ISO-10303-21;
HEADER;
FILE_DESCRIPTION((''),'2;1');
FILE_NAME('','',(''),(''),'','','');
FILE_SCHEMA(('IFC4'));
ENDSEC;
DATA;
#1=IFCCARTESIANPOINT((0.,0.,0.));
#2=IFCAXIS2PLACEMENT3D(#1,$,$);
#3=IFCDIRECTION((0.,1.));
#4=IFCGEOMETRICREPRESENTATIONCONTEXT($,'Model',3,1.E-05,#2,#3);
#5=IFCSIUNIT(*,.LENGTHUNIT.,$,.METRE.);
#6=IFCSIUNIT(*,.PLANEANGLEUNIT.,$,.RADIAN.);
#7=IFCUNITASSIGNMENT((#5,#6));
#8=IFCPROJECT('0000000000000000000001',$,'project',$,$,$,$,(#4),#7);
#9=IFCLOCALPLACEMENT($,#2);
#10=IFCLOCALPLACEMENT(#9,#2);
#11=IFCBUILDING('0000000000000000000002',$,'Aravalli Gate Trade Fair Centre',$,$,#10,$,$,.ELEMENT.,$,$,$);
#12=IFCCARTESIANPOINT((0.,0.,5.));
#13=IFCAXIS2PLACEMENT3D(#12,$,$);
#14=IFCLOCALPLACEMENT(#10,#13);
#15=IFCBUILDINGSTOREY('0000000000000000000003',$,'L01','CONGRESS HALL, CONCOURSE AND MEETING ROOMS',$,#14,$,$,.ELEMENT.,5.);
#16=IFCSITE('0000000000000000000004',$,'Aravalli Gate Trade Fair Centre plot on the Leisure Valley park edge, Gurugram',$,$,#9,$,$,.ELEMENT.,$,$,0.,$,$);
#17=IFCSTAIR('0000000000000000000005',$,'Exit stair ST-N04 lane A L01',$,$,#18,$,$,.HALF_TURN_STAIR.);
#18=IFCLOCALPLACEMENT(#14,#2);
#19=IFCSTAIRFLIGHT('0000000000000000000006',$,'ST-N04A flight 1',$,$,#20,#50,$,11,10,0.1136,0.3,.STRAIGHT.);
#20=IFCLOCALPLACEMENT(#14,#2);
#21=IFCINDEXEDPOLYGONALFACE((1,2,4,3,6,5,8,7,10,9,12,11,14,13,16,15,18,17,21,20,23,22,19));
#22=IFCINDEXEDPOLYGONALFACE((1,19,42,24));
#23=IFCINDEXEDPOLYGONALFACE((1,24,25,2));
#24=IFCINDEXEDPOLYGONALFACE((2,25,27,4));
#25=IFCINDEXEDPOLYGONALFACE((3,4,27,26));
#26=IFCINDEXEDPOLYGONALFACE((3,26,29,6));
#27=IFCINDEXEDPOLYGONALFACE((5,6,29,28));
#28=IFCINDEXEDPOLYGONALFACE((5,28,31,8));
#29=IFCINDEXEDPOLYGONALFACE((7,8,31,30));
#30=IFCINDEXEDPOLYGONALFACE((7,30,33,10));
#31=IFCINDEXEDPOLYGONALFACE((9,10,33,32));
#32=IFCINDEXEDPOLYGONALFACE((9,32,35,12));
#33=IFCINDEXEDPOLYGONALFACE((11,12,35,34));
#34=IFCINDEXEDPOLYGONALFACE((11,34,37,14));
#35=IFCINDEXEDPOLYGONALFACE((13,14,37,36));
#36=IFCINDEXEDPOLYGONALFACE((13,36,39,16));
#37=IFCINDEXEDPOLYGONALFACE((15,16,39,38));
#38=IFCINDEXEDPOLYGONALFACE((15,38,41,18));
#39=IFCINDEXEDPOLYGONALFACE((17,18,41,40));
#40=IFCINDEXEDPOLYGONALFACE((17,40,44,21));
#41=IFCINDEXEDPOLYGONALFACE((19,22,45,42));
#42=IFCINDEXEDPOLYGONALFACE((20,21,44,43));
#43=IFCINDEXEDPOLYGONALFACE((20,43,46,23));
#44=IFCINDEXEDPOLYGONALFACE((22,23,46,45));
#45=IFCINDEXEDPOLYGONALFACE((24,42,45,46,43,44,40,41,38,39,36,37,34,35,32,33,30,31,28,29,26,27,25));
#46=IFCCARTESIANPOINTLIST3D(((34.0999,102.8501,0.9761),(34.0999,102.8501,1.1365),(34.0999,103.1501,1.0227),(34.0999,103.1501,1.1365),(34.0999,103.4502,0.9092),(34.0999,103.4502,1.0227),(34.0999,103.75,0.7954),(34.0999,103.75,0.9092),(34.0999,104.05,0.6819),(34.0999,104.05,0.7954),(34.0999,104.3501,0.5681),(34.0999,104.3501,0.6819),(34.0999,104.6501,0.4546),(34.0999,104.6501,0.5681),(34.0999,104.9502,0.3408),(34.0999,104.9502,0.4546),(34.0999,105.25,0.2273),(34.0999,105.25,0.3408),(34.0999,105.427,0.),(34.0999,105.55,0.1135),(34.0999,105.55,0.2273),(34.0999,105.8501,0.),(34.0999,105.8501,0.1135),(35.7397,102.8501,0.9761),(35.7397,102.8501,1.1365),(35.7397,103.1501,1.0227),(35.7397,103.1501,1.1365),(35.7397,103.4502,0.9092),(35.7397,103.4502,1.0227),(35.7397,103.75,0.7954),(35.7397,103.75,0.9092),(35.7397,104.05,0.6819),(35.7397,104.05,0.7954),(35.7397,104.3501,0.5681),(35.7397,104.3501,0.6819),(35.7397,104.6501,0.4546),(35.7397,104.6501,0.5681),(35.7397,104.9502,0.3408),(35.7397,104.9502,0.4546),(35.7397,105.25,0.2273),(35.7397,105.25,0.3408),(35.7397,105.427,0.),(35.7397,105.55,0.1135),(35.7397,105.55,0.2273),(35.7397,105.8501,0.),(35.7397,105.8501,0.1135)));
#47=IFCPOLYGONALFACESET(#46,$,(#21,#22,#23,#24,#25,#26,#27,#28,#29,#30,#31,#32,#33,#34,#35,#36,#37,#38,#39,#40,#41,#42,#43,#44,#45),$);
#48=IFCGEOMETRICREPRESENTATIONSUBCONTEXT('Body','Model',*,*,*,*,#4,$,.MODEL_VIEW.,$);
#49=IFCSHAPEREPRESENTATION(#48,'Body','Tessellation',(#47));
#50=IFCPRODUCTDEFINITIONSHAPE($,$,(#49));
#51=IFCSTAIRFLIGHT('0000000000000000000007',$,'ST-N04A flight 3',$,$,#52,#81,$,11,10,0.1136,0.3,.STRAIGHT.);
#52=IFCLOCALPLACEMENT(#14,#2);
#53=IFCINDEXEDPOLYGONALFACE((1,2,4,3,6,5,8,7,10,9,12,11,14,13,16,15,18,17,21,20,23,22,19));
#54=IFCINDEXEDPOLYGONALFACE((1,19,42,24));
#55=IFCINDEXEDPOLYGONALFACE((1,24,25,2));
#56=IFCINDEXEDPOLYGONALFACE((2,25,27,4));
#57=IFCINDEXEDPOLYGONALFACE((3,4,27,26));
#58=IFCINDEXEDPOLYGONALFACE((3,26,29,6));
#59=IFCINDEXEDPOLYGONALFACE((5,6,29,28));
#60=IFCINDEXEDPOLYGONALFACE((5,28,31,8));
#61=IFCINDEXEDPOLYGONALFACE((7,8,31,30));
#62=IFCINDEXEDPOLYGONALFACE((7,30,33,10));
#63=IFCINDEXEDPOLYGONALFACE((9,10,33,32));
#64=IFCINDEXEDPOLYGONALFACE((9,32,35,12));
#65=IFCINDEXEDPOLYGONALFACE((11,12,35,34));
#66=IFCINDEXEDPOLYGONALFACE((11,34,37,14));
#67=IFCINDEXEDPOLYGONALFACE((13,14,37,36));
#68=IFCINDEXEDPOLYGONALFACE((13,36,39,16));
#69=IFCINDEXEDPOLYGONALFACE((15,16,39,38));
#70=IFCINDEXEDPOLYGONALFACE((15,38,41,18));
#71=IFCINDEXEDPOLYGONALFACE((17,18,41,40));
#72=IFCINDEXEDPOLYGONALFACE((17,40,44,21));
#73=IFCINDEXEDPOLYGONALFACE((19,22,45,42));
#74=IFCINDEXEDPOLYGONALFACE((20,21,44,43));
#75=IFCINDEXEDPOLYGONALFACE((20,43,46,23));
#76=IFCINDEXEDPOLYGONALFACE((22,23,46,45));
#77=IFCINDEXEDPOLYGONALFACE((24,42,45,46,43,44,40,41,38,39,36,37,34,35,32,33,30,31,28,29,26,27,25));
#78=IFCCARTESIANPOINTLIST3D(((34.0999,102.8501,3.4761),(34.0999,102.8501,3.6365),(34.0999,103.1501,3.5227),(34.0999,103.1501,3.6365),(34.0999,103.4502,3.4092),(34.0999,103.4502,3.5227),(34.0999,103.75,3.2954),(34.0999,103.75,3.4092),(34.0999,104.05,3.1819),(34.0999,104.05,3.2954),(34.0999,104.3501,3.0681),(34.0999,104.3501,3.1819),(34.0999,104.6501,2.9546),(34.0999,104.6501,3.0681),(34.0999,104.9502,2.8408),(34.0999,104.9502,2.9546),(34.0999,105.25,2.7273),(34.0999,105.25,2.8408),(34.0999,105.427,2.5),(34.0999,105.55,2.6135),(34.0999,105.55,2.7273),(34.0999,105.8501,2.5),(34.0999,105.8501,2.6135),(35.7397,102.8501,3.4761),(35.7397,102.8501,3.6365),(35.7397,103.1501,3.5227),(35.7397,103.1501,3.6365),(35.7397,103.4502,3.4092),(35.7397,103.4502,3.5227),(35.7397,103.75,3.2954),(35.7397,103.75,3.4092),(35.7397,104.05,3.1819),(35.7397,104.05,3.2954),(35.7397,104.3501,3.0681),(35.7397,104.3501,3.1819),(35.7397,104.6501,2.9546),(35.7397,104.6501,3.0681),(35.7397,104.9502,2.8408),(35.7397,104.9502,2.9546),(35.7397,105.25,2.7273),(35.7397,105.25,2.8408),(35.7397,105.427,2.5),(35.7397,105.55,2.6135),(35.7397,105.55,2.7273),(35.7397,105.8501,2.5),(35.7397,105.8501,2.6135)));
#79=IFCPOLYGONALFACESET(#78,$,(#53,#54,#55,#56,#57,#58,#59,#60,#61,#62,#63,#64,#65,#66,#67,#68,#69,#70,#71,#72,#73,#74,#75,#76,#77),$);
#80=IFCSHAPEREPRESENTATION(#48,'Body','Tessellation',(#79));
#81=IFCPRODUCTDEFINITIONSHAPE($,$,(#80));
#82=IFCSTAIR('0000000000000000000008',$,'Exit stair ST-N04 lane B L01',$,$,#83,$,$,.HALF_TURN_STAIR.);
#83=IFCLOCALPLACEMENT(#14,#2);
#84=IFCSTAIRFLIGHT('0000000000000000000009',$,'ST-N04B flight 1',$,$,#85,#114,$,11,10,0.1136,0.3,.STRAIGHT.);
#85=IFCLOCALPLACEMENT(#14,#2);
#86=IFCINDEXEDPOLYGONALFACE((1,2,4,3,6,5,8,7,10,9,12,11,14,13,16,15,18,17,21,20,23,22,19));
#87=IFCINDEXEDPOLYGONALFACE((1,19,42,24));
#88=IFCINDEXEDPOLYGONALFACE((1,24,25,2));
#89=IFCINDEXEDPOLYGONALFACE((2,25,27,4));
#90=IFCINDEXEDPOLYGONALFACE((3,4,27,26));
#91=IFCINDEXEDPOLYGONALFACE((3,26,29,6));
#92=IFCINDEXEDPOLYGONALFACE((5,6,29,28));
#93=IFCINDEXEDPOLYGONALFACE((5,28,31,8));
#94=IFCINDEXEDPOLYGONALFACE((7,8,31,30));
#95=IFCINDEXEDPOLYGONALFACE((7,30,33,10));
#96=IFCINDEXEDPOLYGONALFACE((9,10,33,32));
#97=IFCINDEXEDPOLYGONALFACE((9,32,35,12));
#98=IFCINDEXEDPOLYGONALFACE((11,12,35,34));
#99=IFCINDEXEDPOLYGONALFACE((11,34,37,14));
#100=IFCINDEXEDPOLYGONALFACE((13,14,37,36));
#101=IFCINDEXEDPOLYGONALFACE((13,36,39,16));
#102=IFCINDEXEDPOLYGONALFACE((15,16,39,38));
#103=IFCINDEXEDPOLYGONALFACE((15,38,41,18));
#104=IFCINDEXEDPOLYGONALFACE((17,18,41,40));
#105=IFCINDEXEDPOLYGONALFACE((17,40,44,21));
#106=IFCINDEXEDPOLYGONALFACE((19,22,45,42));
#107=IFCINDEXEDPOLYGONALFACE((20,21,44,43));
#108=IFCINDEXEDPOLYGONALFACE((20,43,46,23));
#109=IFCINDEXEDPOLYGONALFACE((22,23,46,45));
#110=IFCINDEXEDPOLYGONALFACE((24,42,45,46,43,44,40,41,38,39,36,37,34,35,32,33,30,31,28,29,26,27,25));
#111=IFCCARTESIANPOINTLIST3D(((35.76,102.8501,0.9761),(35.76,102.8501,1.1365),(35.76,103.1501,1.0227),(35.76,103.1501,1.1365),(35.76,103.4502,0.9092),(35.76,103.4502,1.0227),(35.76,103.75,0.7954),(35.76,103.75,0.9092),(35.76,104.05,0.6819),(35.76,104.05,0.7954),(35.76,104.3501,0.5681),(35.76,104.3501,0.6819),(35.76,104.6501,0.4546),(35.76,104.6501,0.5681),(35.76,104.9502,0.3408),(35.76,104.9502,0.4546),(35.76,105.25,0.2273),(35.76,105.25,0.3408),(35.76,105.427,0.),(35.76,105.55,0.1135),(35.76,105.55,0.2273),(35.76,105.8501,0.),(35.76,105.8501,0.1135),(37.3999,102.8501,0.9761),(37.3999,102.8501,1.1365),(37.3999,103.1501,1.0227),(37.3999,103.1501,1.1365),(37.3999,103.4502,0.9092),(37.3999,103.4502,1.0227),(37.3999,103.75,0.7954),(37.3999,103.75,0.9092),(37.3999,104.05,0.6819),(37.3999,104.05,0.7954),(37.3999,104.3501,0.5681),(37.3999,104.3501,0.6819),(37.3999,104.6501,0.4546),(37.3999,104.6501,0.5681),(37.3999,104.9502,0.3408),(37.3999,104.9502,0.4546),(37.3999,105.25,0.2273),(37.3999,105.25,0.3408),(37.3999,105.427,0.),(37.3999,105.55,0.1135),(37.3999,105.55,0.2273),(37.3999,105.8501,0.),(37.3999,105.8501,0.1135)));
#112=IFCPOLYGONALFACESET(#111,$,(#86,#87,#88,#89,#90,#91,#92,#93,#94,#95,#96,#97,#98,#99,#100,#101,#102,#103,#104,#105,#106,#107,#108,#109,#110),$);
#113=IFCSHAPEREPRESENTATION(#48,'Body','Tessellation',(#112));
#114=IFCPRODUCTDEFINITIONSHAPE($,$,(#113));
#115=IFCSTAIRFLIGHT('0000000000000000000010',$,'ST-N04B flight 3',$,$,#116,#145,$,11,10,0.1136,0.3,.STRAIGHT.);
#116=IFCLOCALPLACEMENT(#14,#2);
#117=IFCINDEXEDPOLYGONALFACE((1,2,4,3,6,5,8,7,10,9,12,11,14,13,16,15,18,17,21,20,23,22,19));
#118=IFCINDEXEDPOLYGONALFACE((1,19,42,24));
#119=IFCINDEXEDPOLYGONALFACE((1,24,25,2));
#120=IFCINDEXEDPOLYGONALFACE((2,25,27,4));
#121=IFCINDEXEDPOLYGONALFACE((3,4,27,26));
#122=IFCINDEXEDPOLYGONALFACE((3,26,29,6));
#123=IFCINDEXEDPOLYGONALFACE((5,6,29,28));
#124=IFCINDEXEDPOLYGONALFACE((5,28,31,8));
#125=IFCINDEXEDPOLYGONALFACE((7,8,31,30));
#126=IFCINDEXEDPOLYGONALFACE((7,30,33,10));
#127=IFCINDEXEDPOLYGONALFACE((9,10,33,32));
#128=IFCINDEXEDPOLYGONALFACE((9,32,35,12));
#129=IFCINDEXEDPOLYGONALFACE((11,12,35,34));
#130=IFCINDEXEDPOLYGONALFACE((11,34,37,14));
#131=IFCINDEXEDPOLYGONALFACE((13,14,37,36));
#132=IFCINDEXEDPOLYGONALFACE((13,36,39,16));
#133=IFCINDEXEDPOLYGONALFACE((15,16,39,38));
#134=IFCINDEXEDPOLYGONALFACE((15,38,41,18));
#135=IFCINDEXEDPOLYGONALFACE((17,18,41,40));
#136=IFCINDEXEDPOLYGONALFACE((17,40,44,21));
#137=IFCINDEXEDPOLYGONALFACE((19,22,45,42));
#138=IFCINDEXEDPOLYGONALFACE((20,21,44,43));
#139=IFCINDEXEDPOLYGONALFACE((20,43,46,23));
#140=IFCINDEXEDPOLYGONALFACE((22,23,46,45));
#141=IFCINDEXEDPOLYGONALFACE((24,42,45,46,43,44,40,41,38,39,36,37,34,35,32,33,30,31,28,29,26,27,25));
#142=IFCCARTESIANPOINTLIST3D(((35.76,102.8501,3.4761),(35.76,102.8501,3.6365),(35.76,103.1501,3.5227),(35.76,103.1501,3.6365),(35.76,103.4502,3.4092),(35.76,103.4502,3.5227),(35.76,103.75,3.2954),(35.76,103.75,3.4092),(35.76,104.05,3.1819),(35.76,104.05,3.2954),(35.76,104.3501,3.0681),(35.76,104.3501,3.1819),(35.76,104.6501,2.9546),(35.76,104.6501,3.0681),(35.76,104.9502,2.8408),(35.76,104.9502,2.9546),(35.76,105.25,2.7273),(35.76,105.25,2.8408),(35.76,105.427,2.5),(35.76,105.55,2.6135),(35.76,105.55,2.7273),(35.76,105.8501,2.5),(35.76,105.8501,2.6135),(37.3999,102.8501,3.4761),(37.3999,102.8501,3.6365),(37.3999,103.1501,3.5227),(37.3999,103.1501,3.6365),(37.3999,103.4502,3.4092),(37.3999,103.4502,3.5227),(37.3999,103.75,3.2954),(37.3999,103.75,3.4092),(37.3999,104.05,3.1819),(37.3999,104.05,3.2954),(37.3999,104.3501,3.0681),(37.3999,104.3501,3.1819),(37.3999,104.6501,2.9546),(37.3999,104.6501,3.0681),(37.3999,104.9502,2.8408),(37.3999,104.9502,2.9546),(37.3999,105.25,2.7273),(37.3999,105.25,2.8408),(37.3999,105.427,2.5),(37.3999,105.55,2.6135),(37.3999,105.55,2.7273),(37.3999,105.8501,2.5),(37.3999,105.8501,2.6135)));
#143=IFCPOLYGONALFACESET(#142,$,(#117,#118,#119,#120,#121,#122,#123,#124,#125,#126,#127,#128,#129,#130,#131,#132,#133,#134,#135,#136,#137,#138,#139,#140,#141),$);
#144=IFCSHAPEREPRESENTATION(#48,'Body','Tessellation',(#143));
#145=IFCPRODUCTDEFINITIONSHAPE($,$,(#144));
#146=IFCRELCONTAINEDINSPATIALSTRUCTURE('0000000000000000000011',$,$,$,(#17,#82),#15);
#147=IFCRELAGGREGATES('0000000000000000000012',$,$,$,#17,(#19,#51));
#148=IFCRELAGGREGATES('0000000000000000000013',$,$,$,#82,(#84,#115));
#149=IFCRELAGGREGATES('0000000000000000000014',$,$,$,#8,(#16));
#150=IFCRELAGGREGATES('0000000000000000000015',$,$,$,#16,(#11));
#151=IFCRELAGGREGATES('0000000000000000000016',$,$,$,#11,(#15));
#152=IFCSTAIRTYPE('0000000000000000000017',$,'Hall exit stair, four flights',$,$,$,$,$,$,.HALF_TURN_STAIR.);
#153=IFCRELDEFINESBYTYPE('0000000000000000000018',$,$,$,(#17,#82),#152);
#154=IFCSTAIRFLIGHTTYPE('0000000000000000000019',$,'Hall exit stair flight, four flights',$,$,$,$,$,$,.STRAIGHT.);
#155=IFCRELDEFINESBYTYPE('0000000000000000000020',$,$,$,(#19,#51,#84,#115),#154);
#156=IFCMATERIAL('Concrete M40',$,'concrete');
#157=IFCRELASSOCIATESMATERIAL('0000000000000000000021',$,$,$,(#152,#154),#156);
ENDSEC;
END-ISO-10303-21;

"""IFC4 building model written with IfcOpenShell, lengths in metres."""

from ifc_helpers import new_model, si_unit, direction, frame, origin, place, context, subcontext, project, spatial, polyline, outline, extrude, material, type_object, element, aggregate, save


model = new_model("IFC4")

# Units and contexts
model_context = context("Model", 3, precision=1e-05, world=origin(), true_north=direction((0.0, 1.0)))
body_context = subcontext(model_context, "Body", "Model", "MODEL_VIEW")
ifc_project = project(units=[si_unit("LENGTHUNIT", "METRE"), si_unit("PLANEANGLEUNIT", "RADIAN")], contexts=[model_context])

# Site, building, storey
site_placement = place(None, origin())
site = spatial("IfcSite", under=ifc_project, at=site_placement, Name="Aravalli Gate Trade Fair Centre plot on the Leisure Valley park edge, Gurugram", CompositionType="ELEMENT", RefElevation=0.0)
building_placement = place(site_placement, origin())
building = spatial("IfcBuilding", under=site, at=building_placement, Name="Aravalli Gate Trade Fair Centre", CompositionType="ELEMENT")
storey_placement = place(building_placement, frame((0.0, 0.0, 5.0)))
storey = spatial("IfcBuildingStorey", under=building, at=storey_placement, Name="L01", Description="CONGRESS HALL, CONCOURSE AND MEETING ROOMS", CompositionType="ELEMENT", Elevation=5.0)

# Shared definitions
ifc_material_1 = material(Name="Concrete M40", Category="concrete")

# Stairs, stair flights
stair_type = type_object("IfcStairType", Name="Hall exit stair, four flights", PredefinedType="HALF_TURN_STAIR", material=ifc_material_1)
stair_1_placement = place(storey_placement, origin())
stair_1 = element("IfcStair", 1, at=stair_1_placement, inside=storey, type_object=stair_type, Name="Exit stair ST-N04 lane A L01", PredefinedType="HALF_TURN_STAIR")
stair_flight_type = type_object("IfcStairFlightType", Name="Hall exit stair flight, four flights", PredefinedType="STRAIGHT", material=ifc_material_1)
stair_flight_1_placement = place(storey_placement, frame((34.9199, 105.8501, 0.0), z_axis=(0.0, 0.0, 1.0), x_axis=(0.0, -1.0, 0.0)))
stair_flight_1 = element("IfcStairFlight", 2, at=stair_flight_1_placement, type_object=stair_flight_type, Name="ST-N04A flight 1", NumberOfRisers=11, NumberOfTreads=10, PredefinedType="STRAIGHT", RiserHeight=0.1136, TreadLength=0.3, context=body_context, shape_type="SweptSolid", body=[
    extrude(outline(polyline([(0.0, 0.0), (0.0, 0.1135), (0.3, 0.1135), (0.3, 0.2273), (0.6001, 0.2273), (0.6001, 0.3408), (0.8999, 0.3408), (0.8999, 0.4546), (1.2, 0.4546), (1.2, 0.5681), (1.5, 0.5681), (1.5, 0.6819), (1.8, 0.6819), (1.8, 0.7954), (2.1001, 0.7954), (2.1001, 0.9092), (2.3999, 0.9092), (2.3999, 1.0227), (2.7, 1.0227), (2.7, 1.1365), (3.0, 1.1365), (3.0, 1.25), (3.0, 0.9761), (0.4231, 0.0), (0.0, 0.0)])), frame((0.0, 0.8198, 0.0), z_axis=(0.0, -1.0, 0.0), x_axis=(1.0, 0.0, 0.0)), (0.0, 0.0, 1.0), 1.6399),
])
stair_flight_2_placement = place(storey_placement, frame((34.9199, 105.8501, 2.5), z_axis=(0.0, 0.0, 1.0), x_axis=(0.0, -1.0, 0.0)))
stair_flight_2 = element("IfcStairFlight", 3, at=stair_flight_2_placement, type_object=stair_flight_type, Name="ST-N04A flight 3", NumberOfRisers=11, NumberOfTreads=10, PredefinedType="STRAIGHT", RiserHeight=0.1136, TreadLength=0.3, context=body_context, shape_type="SweptSolid", body=[
    extrude(outline(polyline([(0.0, 0.0), (0.0, 0.1135), (0.3, 0.1135), (0.3, 0.2273), (0.6001, 0.2273), (0.6001, 0.3408), (0.8999, 0.3408), (0.8999, 0.4546), (1.2, 0.4546), (1.2, 0.5681), (1.5, 0.5681), (1.5, 0.6819), (1.8, 0.6819), (1.8, 0.7954), (2.1001, 0.7954), (2.1001, 0.9092), (2.3999, 0.9092), (2.3999, 1.0227), (2.7, 1.0227), (2.7, 1.1365), (3.0, 1.1365), (3.0, 1.25), (3.0, 0.9761), (0.4231, 0.0), (0.0, 0.0)])), frame((0.0, 0.8198, 0.0), z_axis=(0.0, -1.0, 0.0), x_axis=(1.0, 0.0, 0.0)), (0.0, 0.0, 1.0), 1.6399),
])
aggregate(stair_1, [stair_flight_1, stair_flight_2])
stair_2_placement = place(storey_placement, origin())
stair_2 = element("IfcStair", 4, at=stair_2_placement, inside=storey, type_object=stair_type, Name="Exit stair ST-N04 lane B L01", PredefinedType="HALF_TURN_STAIR")
stair_flight_3_placement = place(storey_placement, frame((36.5801, 105.8501, 0.0), z_axis=(0.0, 0.0, 1.0), x_axis=(0.0, -1.0, 0.0)))
stair_flight_3 = element("IfcStairFlight", 5, at=stair_flight_3_placement, type_object=stair_flight_type, Name="ST-N04B flight 1", NumberOfRisers=11, NumberOfTreads=10, PredefinedType="STRAIGHT", RiserHeight=0.1136, TreadLength=0.3, context=body_context, shape_type="SweptSolid", body=[
    extrude(outline(polyline([(0.0, 0.0), (0.0, 0.1135), (0.3, 0.1135), (0.3, 0.2273), (0.6001, 0.2273), (0.6001, 0.3408), (0.8999, 0.3408), (0.8999, 0.4546), (1.2, 0.4546), (1.2, 0.5681), (1.5, 0.5681), (1.5, 0.6819), (1.8, 0.6819), (1.8, 0.7954), (2.1001, 0.7954), (2.1001, 0.9092), (2.3999, 0.9092), (2.3999, 1.0227), (2.7, 1.0227), (2.7, 1.1365), (3.0, 1.1365), (3.0, 1.25), (3.0, 0.9761), (0.4231, 0.0), (0.0, 0.0)])), frame((0.0, 0.8198, 0.0), z_axis=(0.0, -1.0, 0.0), x_axis=(1.0, 0.0, 0.0)), (0.0, 0.0, 1.0), 1.6399),
])
stair_flight_4_placement = place(storey_placement, frame((36.5801, 105.8501, 2.5), z_axis=(0.0, 0.0, 1.0), x_axis=(0.0, -1.0, 0.0)))
stair_flight_4 = element("IfcStairFlight", 6, at=stair_flight_4_placement, type_object=stair_flight_type, Name="ST-N04B flight 3", NumberOfRisers=11, NumberOfTreads=10, PredefinedType="STRAIGHT", RiserHeight=0.1136, TreadLength=0.3, context=body_context, shape_type="SweptSolid", body=[
    extrude(outline(polyline([(0.0, 0.0), (0.0, 0.1135), (0.3, 0.1135), (0.3, 0.2273), (0.6001, 0.2273), (0.6001, 0.3408), (0.8999, 0.3408), (0.8999, 0.4546), (1.2, 0.4546), (1.2, 0.5681), (1.5, 0.5681), (1.5, 0.6819), (1.8, 0.6819), (1.8, 0.7954), (2.1001, 0.7954), (2.1001, 0.9092), (2.3999, 0.9092), (2.3999, 1.0227), (2.7, 1.0227), (2.7, 1.1365), (3.0, 1.1365), (3.0, 1.25), (3.0, 0.9761), (0.4231, 0.0), (0.0, 0.0)])), frame((0.0, 0.8198, 0.0), z_axis=(0.0, -1.0, 0.0), x_axis=(1.0, 0.0, 0.0)), (0.0, 0.0, 1.0), 1.6399),
])
aggregate(stair_2, [stair_flight_3, stair_flight_4])

save(model, "model.ifc")
